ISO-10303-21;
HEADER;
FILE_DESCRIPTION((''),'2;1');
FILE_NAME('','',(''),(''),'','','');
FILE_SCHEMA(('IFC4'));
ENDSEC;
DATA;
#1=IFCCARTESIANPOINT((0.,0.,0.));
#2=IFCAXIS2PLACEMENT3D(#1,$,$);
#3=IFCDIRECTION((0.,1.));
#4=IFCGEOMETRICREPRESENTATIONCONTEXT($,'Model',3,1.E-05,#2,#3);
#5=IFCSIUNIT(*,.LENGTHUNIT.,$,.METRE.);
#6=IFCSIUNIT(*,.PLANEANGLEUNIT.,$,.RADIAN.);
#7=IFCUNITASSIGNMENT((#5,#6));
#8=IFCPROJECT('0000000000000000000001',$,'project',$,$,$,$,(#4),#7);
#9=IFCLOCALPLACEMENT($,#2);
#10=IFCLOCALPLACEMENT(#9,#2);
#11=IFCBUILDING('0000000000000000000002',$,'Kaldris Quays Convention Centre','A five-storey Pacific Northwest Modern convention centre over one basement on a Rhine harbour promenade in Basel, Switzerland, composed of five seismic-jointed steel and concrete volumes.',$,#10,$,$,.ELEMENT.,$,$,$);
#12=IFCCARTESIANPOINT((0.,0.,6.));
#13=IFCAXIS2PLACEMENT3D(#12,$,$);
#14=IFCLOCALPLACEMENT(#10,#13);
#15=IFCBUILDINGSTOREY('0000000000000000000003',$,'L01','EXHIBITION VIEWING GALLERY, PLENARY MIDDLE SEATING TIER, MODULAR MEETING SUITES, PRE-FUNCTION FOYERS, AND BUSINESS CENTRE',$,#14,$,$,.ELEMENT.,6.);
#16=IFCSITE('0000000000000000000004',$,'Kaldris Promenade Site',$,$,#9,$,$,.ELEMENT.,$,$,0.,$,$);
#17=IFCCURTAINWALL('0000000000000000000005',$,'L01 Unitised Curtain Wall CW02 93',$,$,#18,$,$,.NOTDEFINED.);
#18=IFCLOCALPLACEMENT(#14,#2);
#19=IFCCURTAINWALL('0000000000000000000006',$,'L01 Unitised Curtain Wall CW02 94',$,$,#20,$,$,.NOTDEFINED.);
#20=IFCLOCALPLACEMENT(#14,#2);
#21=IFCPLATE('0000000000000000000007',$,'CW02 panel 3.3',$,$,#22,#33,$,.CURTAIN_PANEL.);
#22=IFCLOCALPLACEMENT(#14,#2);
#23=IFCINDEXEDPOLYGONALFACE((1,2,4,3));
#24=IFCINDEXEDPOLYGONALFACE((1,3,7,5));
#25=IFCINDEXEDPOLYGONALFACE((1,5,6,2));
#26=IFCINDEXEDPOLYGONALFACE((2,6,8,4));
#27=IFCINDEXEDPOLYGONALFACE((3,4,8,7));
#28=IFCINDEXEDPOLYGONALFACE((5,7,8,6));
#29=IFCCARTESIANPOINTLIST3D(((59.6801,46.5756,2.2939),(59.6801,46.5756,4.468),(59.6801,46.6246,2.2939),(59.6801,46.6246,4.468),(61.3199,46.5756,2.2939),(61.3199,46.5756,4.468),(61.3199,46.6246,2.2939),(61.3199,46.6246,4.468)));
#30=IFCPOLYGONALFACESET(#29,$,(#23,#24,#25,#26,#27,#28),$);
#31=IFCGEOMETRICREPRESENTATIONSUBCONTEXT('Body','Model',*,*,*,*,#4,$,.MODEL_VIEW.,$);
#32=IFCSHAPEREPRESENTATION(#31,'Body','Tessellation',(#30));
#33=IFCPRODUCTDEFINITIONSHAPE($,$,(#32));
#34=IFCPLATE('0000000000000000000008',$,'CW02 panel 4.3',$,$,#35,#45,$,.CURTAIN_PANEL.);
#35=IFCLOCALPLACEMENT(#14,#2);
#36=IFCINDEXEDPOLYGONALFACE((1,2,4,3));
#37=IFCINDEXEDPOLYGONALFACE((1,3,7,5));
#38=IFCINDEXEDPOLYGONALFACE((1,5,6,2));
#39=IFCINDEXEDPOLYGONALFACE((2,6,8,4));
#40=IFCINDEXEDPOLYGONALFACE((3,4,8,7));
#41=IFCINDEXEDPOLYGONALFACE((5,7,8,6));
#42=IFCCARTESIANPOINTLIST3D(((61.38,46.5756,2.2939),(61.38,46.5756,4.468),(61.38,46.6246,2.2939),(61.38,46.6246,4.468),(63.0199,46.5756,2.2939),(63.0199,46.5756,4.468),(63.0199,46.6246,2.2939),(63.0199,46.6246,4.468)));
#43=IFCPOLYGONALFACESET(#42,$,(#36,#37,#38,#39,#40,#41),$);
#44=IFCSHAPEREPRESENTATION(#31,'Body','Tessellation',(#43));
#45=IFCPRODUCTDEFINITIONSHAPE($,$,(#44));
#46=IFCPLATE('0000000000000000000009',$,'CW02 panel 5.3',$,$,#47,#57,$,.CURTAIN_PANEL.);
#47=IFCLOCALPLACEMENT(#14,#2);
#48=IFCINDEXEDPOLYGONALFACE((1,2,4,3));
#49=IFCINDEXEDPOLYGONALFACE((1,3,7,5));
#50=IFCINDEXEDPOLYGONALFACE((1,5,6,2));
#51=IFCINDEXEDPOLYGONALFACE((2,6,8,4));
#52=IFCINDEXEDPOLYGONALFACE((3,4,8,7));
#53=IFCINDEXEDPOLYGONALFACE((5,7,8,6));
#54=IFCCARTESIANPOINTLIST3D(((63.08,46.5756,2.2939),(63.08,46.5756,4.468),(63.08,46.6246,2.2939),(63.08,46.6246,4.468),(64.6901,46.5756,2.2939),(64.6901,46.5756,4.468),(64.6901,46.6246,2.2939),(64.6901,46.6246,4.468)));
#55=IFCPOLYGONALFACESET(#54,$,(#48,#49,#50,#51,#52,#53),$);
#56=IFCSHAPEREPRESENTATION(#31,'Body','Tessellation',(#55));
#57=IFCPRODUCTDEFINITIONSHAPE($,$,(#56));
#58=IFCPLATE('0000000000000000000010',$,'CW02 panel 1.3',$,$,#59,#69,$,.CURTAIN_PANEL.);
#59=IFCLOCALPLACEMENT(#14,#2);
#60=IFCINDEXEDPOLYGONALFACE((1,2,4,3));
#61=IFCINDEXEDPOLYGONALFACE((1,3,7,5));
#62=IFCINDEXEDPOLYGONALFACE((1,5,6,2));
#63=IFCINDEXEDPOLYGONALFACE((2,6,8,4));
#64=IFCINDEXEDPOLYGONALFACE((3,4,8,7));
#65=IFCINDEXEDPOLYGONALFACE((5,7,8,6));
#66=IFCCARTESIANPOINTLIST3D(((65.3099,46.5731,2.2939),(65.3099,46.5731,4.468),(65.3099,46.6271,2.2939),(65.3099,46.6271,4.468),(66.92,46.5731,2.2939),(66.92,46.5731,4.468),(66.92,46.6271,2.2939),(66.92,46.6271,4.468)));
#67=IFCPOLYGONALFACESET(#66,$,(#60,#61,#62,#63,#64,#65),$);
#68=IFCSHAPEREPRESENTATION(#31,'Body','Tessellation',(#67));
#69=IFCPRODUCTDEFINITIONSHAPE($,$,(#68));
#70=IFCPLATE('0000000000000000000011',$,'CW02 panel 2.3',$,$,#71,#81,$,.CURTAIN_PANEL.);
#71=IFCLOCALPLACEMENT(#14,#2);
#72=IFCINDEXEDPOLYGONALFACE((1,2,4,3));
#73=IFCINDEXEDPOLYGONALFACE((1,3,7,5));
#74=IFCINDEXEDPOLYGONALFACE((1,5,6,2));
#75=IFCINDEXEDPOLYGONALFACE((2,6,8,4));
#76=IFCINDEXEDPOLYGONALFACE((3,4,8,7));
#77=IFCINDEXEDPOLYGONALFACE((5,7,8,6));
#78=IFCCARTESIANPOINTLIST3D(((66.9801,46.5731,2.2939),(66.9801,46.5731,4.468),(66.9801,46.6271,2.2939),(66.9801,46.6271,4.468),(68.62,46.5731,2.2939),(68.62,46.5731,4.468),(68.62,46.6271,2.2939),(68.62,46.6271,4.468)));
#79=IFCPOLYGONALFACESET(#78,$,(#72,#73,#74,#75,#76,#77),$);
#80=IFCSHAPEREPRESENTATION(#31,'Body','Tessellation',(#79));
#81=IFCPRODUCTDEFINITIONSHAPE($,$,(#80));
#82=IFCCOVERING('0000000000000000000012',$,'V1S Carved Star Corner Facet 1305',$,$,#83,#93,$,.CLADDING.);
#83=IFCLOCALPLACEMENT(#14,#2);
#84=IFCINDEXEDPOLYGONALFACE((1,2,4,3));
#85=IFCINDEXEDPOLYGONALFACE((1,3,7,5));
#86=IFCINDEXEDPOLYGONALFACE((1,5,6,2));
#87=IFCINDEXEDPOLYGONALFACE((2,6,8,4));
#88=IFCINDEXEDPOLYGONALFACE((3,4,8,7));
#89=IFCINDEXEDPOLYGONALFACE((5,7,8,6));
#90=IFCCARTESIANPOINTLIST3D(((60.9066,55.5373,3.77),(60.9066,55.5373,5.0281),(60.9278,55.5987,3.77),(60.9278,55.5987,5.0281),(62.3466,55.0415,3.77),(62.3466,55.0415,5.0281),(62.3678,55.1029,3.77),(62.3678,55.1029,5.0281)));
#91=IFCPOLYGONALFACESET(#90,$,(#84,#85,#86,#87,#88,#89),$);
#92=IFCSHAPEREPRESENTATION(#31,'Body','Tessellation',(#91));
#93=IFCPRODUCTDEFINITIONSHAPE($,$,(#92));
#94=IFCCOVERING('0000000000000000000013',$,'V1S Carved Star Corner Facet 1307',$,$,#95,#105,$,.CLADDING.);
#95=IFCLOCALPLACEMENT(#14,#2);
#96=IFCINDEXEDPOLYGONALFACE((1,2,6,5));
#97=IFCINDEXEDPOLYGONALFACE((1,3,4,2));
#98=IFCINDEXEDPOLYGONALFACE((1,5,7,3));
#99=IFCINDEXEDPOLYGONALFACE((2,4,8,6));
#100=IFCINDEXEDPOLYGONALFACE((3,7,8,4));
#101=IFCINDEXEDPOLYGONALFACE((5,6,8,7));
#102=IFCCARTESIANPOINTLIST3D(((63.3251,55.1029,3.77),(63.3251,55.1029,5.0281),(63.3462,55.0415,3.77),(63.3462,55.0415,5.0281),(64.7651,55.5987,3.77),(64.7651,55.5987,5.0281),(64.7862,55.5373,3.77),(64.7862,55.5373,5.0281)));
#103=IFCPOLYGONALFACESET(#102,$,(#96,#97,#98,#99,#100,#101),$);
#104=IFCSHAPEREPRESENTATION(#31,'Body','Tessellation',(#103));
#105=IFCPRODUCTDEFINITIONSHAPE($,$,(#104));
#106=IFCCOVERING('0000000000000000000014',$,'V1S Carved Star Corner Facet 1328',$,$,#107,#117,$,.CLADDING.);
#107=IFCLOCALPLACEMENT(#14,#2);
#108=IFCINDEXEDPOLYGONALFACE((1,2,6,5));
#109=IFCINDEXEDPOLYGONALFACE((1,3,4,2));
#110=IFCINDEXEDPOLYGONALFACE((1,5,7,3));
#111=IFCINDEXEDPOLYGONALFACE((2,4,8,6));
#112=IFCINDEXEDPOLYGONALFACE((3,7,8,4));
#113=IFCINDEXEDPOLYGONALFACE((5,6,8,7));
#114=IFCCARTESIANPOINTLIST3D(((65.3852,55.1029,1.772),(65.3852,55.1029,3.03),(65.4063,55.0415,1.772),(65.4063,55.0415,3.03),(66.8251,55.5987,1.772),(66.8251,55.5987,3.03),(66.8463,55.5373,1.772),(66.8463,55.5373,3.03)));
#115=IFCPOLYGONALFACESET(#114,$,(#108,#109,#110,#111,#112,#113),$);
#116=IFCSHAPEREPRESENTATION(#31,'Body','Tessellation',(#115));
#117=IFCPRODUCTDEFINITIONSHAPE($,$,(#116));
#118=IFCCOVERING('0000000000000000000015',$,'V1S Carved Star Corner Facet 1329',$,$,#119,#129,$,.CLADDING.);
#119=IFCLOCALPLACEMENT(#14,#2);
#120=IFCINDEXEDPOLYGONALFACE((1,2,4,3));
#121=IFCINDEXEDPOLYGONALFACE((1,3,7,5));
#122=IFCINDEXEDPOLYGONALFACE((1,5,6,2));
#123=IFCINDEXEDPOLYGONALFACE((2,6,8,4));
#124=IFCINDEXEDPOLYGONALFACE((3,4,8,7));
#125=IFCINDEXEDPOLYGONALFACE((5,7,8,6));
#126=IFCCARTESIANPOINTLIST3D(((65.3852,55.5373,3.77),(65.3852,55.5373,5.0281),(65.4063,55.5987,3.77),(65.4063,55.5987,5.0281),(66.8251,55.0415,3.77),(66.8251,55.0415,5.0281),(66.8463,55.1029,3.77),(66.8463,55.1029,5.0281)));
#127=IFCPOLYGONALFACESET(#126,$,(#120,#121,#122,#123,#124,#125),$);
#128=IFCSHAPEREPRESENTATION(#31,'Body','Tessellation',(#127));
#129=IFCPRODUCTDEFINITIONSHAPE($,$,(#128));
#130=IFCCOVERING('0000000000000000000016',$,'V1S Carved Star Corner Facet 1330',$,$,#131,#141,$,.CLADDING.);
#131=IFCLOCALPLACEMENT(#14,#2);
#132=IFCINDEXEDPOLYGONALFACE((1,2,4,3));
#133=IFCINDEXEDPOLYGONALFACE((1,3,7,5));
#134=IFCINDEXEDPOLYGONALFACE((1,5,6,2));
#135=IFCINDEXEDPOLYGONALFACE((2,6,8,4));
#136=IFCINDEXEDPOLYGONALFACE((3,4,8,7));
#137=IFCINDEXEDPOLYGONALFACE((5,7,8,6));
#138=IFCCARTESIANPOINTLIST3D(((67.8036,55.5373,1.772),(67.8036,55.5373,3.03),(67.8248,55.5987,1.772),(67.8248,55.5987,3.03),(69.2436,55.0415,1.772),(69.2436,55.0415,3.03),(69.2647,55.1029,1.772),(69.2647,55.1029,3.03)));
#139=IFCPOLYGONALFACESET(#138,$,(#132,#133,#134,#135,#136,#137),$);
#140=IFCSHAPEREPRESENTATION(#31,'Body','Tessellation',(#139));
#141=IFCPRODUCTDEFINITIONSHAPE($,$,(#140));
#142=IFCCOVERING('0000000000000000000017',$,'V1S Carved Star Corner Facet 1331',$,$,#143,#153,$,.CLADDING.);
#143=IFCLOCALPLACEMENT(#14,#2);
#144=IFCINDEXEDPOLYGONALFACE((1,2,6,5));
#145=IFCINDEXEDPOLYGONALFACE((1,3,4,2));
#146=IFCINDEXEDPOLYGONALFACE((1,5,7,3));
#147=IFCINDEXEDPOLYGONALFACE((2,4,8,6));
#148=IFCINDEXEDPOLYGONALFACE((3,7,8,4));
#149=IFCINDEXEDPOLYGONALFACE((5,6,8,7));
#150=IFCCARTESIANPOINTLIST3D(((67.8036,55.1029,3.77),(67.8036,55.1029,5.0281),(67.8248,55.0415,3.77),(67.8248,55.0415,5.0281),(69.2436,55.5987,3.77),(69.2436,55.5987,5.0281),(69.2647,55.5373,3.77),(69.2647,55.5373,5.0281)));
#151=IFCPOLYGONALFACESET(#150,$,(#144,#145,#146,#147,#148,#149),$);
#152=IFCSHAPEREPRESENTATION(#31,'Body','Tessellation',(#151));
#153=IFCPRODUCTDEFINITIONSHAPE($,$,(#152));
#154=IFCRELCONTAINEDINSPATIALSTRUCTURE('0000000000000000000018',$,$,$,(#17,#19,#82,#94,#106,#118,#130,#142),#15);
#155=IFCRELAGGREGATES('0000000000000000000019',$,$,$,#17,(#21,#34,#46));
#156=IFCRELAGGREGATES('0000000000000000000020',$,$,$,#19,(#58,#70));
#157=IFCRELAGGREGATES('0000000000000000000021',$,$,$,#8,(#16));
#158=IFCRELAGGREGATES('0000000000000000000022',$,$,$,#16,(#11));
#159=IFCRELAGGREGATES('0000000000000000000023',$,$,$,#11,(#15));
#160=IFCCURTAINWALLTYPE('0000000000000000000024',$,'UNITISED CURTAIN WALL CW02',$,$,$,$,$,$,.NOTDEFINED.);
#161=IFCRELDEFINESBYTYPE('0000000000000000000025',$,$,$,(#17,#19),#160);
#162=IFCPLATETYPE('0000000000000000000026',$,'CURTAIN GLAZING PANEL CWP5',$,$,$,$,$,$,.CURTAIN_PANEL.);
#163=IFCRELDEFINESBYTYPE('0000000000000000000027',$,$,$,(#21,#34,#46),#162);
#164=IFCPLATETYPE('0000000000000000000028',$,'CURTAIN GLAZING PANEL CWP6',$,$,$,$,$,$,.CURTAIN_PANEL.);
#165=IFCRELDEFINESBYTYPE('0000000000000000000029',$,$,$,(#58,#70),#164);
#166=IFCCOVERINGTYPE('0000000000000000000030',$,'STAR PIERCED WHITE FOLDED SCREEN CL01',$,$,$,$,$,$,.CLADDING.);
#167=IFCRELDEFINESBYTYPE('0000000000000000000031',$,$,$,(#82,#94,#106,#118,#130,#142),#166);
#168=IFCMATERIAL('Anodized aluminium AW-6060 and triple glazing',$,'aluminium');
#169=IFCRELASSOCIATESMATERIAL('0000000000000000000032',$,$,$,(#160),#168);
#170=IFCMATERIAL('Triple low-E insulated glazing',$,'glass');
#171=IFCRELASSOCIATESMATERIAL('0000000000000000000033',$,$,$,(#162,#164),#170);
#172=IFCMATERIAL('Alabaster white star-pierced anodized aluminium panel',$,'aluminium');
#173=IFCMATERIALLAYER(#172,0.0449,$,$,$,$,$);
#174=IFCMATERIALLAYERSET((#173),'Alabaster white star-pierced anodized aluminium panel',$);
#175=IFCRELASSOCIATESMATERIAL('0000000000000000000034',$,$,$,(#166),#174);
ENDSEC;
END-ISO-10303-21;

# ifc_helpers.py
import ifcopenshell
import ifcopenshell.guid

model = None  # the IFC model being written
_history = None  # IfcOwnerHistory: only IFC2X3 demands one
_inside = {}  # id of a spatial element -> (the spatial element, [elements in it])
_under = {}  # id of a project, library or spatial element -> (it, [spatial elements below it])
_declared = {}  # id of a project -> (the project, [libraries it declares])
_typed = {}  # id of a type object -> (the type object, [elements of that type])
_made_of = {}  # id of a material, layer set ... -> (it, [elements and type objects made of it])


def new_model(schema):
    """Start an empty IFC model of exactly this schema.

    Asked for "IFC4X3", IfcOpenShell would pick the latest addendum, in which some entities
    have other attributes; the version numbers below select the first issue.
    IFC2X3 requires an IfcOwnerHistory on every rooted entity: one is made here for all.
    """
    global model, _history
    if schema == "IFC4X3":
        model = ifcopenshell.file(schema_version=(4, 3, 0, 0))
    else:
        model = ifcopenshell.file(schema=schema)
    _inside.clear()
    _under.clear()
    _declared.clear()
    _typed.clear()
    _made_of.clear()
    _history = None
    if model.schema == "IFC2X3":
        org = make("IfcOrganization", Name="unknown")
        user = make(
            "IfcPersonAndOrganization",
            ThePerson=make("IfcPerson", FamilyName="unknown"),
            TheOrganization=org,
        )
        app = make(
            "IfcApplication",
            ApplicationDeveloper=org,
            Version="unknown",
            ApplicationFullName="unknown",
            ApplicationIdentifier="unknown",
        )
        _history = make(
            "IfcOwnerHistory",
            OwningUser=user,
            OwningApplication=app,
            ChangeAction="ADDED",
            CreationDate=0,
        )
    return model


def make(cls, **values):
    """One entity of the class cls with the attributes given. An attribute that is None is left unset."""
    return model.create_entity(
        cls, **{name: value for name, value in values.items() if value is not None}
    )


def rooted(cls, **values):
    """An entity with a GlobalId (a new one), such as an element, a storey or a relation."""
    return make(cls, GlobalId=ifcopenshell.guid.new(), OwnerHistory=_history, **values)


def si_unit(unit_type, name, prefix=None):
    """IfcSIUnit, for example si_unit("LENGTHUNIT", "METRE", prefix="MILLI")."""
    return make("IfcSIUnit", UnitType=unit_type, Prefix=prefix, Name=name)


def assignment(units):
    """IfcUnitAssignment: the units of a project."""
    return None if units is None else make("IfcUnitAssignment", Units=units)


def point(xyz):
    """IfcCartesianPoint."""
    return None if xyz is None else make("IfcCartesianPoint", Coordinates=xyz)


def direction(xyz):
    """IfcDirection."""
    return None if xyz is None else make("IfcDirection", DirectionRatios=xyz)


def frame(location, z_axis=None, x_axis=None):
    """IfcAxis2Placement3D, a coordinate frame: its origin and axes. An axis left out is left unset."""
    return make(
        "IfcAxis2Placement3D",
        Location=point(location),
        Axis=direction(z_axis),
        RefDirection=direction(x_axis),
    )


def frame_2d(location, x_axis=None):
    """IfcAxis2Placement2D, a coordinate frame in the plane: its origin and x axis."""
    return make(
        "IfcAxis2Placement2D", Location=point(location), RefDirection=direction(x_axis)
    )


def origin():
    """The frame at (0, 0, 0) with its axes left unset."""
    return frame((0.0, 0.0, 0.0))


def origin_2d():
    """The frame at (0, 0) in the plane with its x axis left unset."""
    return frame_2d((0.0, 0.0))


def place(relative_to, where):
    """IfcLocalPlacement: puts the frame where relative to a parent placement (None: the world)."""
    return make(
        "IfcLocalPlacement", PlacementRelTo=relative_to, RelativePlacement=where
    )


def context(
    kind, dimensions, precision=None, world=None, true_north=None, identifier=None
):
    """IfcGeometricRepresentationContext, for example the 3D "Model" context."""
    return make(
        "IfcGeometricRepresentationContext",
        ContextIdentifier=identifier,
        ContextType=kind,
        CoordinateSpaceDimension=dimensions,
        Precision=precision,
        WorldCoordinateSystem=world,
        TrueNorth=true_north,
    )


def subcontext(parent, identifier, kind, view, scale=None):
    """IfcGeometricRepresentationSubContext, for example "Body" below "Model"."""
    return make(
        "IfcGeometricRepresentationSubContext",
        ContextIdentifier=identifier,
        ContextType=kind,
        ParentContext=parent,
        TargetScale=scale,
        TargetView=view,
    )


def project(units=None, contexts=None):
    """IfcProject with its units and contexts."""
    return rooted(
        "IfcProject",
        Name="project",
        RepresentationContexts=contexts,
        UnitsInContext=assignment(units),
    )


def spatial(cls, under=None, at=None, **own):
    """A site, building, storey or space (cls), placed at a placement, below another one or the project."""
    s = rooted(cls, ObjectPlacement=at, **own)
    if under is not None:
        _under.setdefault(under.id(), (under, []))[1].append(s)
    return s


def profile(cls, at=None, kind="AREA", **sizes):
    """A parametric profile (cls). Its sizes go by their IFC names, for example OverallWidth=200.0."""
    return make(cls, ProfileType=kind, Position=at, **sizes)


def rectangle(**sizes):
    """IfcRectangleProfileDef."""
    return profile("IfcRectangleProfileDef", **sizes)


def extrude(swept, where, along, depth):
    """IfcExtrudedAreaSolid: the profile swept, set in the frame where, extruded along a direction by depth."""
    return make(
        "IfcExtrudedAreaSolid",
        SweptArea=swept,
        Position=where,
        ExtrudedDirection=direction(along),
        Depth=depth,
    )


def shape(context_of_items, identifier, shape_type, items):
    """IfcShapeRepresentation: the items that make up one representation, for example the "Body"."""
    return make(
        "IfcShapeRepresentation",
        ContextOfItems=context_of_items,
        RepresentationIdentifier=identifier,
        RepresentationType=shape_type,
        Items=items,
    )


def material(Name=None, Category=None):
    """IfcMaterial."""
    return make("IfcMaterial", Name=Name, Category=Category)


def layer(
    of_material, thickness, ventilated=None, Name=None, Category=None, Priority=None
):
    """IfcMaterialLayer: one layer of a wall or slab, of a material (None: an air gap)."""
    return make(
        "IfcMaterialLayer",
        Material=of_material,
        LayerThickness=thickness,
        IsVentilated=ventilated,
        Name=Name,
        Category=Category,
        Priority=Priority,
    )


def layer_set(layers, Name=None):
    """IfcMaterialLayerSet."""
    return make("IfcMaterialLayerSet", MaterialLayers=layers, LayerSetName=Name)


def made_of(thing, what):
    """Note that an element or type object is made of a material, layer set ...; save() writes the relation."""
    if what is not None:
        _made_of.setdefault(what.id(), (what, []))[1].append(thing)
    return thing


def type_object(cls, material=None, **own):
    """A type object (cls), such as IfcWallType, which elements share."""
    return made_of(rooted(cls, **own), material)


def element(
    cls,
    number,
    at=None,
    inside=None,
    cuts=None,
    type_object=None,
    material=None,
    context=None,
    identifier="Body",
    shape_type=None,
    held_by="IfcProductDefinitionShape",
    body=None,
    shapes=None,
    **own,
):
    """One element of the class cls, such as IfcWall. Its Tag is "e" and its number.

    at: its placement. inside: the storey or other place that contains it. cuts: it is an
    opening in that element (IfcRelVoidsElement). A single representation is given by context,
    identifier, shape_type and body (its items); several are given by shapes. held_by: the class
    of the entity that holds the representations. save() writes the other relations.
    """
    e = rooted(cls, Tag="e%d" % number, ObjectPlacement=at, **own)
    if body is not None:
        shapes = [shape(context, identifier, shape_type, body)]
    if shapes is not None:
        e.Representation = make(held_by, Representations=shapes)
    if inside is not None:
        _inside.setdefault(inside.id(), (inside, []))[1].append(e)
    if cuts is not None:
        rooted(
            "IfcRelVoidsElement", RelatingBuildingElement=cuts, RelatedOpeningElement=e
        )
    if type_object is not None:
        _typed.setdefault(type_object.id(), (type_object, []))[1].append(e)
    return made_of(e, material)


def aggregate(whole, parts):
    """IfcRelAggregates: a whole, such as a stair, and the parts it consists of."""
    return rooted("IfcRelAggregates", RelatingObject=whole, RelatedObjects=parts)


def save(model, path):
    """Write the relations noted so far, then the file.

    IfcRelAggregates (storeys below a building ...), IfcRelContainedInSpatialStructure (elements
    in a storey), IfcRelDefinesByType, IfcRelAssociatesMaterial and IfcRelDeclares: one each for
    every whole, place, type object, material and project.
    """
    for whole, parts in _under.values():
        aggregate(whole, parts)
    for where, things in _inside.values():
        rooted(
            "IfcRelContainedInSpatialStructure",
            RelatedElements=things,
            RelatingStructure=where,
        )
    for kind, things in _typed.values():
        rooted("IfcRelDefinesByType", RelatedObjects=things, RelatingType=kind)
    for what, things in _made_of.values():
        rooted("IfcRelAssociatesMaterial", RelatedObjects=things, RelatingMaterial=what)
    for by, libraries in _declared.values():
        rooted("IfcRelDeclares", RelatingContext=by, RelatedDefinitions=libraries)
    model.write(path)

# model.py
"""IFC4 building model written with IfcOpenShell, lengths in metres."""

from ifc_helpers import new_model, si_unit, direction, frame, origin, origin_2d, place, context, subcontext, project, spatial, rectangle, extrude, material, layer, layer_set, type_object, element, aggregate, save


model = new_model("IFC4")

# Units and contexts
model_context = context("Model", 3, precision=1e-05, world=origin(), true_north=direction((0.0, 1.0)))
body_context = subcontext(model_context, "Body", "Model", "MODEL_VIEW")
ifc_project = project(units=[si_unit("LENGTHUNIT", "METRE"), si_unit("PLANEANGLEUNIT", "RADIAN")], contexts=[model_context])

# Site, building, storey
site_placement = place(None, origin())
site = spatial("IfcSite", under=ifc_project, at=site_placement, Name="Kaldris Promenade Site", CompositionType="ELEMENT", RefElevation=0.0)
building_placement = place(site_placement, origin())
building = spatial("IfcBuilding", under=site, at=building_placement, Name="Kaldris Quays Convention Centre", Description="A five-storey Pacific Northwest Modern convention centre over one basement on a Rhine harbour promenade in Basel, Switzerland, composed of five seismic-jointed steel and concrete volumes.", CompositionType="ELEMENT")
storey_placement = place(building_placement, frame((0.0, 0.0, 6.0)))
storey = spatial("IfcBuildingStorey", under=building, at=storey_placement, Name="L01", Description="EXHIBITION VIEWING GALLERY, PLENARY MIDDLE SEATING TIER, MODULAR MEETING SUITES, PRE-FUNCTION FOYERS, AND BUSINESS CENTRE", CompositionType="ELEMENT", Elevation=6.0)

# Curtain walls
ifc_material_1 = material(Name="Anodized aluminium AW-6060 and triple glazing", Category="aluminium")
curtain_wall_type = type_object("IfcCurtainWallType", Name="UNITISED CURTAIN WALL CW02", PredefinedType="NOTDEFINED", material=ifc_material_1)
curtain_wall_1_placement = place(storey_placement, origin())
curtain_wall_1 = element("IfcCurtainWall", 1, at=curtain_wall_1_placement, inside=storey, type_object=curtain_wall_type, Name="L01 Unitised Curtain Wall CW02 93", PredefinedType="NOTDEFINED")
curtain_wall_2_placement = place(storey_placement, origin())
curtain_wall_2 = element("IfcCurtainWall", 2, at=curtain_wall_2_placement, inside=storey, type_object=curtain_wall_type, Name="L01 Unitised Curtain Wall CW02 94", PredefinedType="NOTDEFINED")

# Plates
ifc_material_2 = material(Name="Triple low-E insulated glazing", Category="glass")
plate_type_1 = type_object("IfcPlateType", Name="CURTAIN GLAZING PANEL CWP5", PredefinedType="CURTAIN_PANEL", material=ifc_material_2)
plate_1_placement = place(storey_placement, frame((60.5, 46.6001, 2.2939), z_axis=(0.0, 0.0, 1.0), x_axis=(1.0, 0.0, 0.0)))
plate_1 = element("IfcPlate", 3, at=plate_1_placement, type_object=plate_type_1, Name="CW02 panel 3.3", PredefinedType="CURTAIN_PANEL", context=body_context, shape_type="SweptSolid", body=[
    extrude(rectangle(XDim=1.6399, YDim=0.0491, at=origin_2d()), origin(), (0.0, 0.0, 1.0), 2.1741),
])
plate_2_placement = place(storey_placement, frame((62.2, 46.6001, 2.2939), z_axis=(0.0, 0.0, 1.0), x_axis=(1.0, 0.0, 0.0)))
plate_2 = element("IfcPlate", 4, at=plate_2_placement, type_object=plate_type_1, Name="CW02 panel 4.3", PredefinedType="CURTAIN_PANEL", context=body_context, shape_type="SweptSolid", body=[
    extrude(rectangle(XDim=1.6399, YDim=0.0491, at=origin_2d()), origin(), (0.0, 0.0, 1.0), 2.1741),
])
plate_3_placement = place(storey_placement, frame((63.885, 46.6001, 2.2939), z_axis=(0.0, 0.0, 1.0), x_axis=(1.0, 0.0, 0.0)))
plate_3 = element("IfcPlate", 5, at=plate_3_placement, type_object=plate_type_1, Name="CW02 panel 5.3", PredefinedType="CURTAIN_PANEL", context=body_context, shape_type="SweptSolid", body=[
    extrude(rectangle(XDim=1.6101, YDim=0.0491, at=origin_2d()), origin(), (0.0, 0.0, 1.0), 2.1741),
])
aggregate(curtain_wall_1, [plate_1, plate_2, plate_3])
plate_type_2 = type_object("IfcPlateType", Name="CURTAIN GLAZING PANEL CWP6", PredefinedType="CURTAIN_PANEL", material=ifc_material_2)
plate_4_placement = place(storey_placement, frame((66.115, 46.6001, 2.2939), z_axis=(0.0, 0.0, 1.0), x_axis=(1.0, 0.0, 0.0)))
plate_4 = element("IfcPlate", 6, at=plate_4_placement, type_object=plate_type_2, Name="CW02 panel 1.3", PredefinedType="CURTAIN_PANEL", context=body_context, shape_type="SweptSolid", body=[
    extrude(rectangle(XDim=1.6101, YDim=0.054, at=origin_2d()), origin(), (0.0, 0.0, 1.0), 2.1741),
])
plate_5_placement = place(storey_placement, frame((67.8, 46.6001, 2.2939), z_axis=(0.0, 0.0, 1.0), x_axis=(1.0, 0.0, 0.0)))
plate_5 = element("IfcPlate", 7, at=plate_5_placement, type_object=plate_type_2, Name="CW02 panel 2.3", PredefinedType="CURTAIN_PANEL", context=body_context, shape_type="SweptSolid", body=[
    extrude(rectangle(XDim=1.6399, YDim=0.054, at=origin_2d()), origin(), (0.0, 0.0, 1.0), 2.1741),
])
aggregate(curtain_wall_2, [plate_4, plate_5])

# Coverings
ifc_material_3 = material(Name="Alabaster white star-pierced anodized aluminium panel", Category="aluminium")
ifc_layer = layer(ifc_material_3, 0.0449)
ifc_layer_set = layer_set([ifc_layer], Name="Alabaster white star-pierced anodized aluminium panel")
covering_type = type_object("IfcCoveringType", Name="STAR PIERCED WHITE FOLDED SCREEN CL01", PredefinedType="CLADDING", material=ifc_layer_set)
for number, where, z_axis, x_axis, name in (
    (8, (61.6372, 55.3201, 3.77), (0.0, 0.0, 1.0), (0.945519, -0.325568, 0.0), "V1S Carved Star Corner Facet 1305"),
    (9, (64.0557, 55.3201, 3.77), (0.0, 0.0, 1.0), (0.945519, 0.325568, 0.0), "V1S Carved Star Corner Facet 1307"),
    (10, (66.1157, 55.3201, 1.772), (0.0, 0.0, 1.0), (0.945519, 0.325568, 0.0), "V1S Carved Star Corner Facet 1328"),
    (11, (66.1157, 55.3201, 3.77), (0.0, 0.0, 1.0), (0.945519, -0.325568, 0.0), "V1S Carved Star Corner Facet 1329"),
    (12, (68.5342, 55.3201, 1.772), (0.0, 0.0, 1.0), (0.945519, -0.325568, 0.0), "V1S Carved Star Corner Facet 1330"),
    (13, (68.5342, 55.3201, 3.77), (0.0, 0.0, 1.0), (0.945519, 0.325568, 0.0), "V1S Carved Star Corner Facet 1331"),
):
    element("IfcCovering", number, at=place(storey_placement, frame(where, z_axis=z_axis, x_axis=x_axis)), inside=storey, type_object=covering_type, Name=name, PredefinedType="CLADDING", context=body_context, shape_type="SweptSolid", body=[
        extrude(rectangle(XDim=1.5229, YDim=0.0649, at=origin_2d()), origin(), (0.0, 0.0, 1.0), 1.2581),
    ])

save(model, "model.ifc")
